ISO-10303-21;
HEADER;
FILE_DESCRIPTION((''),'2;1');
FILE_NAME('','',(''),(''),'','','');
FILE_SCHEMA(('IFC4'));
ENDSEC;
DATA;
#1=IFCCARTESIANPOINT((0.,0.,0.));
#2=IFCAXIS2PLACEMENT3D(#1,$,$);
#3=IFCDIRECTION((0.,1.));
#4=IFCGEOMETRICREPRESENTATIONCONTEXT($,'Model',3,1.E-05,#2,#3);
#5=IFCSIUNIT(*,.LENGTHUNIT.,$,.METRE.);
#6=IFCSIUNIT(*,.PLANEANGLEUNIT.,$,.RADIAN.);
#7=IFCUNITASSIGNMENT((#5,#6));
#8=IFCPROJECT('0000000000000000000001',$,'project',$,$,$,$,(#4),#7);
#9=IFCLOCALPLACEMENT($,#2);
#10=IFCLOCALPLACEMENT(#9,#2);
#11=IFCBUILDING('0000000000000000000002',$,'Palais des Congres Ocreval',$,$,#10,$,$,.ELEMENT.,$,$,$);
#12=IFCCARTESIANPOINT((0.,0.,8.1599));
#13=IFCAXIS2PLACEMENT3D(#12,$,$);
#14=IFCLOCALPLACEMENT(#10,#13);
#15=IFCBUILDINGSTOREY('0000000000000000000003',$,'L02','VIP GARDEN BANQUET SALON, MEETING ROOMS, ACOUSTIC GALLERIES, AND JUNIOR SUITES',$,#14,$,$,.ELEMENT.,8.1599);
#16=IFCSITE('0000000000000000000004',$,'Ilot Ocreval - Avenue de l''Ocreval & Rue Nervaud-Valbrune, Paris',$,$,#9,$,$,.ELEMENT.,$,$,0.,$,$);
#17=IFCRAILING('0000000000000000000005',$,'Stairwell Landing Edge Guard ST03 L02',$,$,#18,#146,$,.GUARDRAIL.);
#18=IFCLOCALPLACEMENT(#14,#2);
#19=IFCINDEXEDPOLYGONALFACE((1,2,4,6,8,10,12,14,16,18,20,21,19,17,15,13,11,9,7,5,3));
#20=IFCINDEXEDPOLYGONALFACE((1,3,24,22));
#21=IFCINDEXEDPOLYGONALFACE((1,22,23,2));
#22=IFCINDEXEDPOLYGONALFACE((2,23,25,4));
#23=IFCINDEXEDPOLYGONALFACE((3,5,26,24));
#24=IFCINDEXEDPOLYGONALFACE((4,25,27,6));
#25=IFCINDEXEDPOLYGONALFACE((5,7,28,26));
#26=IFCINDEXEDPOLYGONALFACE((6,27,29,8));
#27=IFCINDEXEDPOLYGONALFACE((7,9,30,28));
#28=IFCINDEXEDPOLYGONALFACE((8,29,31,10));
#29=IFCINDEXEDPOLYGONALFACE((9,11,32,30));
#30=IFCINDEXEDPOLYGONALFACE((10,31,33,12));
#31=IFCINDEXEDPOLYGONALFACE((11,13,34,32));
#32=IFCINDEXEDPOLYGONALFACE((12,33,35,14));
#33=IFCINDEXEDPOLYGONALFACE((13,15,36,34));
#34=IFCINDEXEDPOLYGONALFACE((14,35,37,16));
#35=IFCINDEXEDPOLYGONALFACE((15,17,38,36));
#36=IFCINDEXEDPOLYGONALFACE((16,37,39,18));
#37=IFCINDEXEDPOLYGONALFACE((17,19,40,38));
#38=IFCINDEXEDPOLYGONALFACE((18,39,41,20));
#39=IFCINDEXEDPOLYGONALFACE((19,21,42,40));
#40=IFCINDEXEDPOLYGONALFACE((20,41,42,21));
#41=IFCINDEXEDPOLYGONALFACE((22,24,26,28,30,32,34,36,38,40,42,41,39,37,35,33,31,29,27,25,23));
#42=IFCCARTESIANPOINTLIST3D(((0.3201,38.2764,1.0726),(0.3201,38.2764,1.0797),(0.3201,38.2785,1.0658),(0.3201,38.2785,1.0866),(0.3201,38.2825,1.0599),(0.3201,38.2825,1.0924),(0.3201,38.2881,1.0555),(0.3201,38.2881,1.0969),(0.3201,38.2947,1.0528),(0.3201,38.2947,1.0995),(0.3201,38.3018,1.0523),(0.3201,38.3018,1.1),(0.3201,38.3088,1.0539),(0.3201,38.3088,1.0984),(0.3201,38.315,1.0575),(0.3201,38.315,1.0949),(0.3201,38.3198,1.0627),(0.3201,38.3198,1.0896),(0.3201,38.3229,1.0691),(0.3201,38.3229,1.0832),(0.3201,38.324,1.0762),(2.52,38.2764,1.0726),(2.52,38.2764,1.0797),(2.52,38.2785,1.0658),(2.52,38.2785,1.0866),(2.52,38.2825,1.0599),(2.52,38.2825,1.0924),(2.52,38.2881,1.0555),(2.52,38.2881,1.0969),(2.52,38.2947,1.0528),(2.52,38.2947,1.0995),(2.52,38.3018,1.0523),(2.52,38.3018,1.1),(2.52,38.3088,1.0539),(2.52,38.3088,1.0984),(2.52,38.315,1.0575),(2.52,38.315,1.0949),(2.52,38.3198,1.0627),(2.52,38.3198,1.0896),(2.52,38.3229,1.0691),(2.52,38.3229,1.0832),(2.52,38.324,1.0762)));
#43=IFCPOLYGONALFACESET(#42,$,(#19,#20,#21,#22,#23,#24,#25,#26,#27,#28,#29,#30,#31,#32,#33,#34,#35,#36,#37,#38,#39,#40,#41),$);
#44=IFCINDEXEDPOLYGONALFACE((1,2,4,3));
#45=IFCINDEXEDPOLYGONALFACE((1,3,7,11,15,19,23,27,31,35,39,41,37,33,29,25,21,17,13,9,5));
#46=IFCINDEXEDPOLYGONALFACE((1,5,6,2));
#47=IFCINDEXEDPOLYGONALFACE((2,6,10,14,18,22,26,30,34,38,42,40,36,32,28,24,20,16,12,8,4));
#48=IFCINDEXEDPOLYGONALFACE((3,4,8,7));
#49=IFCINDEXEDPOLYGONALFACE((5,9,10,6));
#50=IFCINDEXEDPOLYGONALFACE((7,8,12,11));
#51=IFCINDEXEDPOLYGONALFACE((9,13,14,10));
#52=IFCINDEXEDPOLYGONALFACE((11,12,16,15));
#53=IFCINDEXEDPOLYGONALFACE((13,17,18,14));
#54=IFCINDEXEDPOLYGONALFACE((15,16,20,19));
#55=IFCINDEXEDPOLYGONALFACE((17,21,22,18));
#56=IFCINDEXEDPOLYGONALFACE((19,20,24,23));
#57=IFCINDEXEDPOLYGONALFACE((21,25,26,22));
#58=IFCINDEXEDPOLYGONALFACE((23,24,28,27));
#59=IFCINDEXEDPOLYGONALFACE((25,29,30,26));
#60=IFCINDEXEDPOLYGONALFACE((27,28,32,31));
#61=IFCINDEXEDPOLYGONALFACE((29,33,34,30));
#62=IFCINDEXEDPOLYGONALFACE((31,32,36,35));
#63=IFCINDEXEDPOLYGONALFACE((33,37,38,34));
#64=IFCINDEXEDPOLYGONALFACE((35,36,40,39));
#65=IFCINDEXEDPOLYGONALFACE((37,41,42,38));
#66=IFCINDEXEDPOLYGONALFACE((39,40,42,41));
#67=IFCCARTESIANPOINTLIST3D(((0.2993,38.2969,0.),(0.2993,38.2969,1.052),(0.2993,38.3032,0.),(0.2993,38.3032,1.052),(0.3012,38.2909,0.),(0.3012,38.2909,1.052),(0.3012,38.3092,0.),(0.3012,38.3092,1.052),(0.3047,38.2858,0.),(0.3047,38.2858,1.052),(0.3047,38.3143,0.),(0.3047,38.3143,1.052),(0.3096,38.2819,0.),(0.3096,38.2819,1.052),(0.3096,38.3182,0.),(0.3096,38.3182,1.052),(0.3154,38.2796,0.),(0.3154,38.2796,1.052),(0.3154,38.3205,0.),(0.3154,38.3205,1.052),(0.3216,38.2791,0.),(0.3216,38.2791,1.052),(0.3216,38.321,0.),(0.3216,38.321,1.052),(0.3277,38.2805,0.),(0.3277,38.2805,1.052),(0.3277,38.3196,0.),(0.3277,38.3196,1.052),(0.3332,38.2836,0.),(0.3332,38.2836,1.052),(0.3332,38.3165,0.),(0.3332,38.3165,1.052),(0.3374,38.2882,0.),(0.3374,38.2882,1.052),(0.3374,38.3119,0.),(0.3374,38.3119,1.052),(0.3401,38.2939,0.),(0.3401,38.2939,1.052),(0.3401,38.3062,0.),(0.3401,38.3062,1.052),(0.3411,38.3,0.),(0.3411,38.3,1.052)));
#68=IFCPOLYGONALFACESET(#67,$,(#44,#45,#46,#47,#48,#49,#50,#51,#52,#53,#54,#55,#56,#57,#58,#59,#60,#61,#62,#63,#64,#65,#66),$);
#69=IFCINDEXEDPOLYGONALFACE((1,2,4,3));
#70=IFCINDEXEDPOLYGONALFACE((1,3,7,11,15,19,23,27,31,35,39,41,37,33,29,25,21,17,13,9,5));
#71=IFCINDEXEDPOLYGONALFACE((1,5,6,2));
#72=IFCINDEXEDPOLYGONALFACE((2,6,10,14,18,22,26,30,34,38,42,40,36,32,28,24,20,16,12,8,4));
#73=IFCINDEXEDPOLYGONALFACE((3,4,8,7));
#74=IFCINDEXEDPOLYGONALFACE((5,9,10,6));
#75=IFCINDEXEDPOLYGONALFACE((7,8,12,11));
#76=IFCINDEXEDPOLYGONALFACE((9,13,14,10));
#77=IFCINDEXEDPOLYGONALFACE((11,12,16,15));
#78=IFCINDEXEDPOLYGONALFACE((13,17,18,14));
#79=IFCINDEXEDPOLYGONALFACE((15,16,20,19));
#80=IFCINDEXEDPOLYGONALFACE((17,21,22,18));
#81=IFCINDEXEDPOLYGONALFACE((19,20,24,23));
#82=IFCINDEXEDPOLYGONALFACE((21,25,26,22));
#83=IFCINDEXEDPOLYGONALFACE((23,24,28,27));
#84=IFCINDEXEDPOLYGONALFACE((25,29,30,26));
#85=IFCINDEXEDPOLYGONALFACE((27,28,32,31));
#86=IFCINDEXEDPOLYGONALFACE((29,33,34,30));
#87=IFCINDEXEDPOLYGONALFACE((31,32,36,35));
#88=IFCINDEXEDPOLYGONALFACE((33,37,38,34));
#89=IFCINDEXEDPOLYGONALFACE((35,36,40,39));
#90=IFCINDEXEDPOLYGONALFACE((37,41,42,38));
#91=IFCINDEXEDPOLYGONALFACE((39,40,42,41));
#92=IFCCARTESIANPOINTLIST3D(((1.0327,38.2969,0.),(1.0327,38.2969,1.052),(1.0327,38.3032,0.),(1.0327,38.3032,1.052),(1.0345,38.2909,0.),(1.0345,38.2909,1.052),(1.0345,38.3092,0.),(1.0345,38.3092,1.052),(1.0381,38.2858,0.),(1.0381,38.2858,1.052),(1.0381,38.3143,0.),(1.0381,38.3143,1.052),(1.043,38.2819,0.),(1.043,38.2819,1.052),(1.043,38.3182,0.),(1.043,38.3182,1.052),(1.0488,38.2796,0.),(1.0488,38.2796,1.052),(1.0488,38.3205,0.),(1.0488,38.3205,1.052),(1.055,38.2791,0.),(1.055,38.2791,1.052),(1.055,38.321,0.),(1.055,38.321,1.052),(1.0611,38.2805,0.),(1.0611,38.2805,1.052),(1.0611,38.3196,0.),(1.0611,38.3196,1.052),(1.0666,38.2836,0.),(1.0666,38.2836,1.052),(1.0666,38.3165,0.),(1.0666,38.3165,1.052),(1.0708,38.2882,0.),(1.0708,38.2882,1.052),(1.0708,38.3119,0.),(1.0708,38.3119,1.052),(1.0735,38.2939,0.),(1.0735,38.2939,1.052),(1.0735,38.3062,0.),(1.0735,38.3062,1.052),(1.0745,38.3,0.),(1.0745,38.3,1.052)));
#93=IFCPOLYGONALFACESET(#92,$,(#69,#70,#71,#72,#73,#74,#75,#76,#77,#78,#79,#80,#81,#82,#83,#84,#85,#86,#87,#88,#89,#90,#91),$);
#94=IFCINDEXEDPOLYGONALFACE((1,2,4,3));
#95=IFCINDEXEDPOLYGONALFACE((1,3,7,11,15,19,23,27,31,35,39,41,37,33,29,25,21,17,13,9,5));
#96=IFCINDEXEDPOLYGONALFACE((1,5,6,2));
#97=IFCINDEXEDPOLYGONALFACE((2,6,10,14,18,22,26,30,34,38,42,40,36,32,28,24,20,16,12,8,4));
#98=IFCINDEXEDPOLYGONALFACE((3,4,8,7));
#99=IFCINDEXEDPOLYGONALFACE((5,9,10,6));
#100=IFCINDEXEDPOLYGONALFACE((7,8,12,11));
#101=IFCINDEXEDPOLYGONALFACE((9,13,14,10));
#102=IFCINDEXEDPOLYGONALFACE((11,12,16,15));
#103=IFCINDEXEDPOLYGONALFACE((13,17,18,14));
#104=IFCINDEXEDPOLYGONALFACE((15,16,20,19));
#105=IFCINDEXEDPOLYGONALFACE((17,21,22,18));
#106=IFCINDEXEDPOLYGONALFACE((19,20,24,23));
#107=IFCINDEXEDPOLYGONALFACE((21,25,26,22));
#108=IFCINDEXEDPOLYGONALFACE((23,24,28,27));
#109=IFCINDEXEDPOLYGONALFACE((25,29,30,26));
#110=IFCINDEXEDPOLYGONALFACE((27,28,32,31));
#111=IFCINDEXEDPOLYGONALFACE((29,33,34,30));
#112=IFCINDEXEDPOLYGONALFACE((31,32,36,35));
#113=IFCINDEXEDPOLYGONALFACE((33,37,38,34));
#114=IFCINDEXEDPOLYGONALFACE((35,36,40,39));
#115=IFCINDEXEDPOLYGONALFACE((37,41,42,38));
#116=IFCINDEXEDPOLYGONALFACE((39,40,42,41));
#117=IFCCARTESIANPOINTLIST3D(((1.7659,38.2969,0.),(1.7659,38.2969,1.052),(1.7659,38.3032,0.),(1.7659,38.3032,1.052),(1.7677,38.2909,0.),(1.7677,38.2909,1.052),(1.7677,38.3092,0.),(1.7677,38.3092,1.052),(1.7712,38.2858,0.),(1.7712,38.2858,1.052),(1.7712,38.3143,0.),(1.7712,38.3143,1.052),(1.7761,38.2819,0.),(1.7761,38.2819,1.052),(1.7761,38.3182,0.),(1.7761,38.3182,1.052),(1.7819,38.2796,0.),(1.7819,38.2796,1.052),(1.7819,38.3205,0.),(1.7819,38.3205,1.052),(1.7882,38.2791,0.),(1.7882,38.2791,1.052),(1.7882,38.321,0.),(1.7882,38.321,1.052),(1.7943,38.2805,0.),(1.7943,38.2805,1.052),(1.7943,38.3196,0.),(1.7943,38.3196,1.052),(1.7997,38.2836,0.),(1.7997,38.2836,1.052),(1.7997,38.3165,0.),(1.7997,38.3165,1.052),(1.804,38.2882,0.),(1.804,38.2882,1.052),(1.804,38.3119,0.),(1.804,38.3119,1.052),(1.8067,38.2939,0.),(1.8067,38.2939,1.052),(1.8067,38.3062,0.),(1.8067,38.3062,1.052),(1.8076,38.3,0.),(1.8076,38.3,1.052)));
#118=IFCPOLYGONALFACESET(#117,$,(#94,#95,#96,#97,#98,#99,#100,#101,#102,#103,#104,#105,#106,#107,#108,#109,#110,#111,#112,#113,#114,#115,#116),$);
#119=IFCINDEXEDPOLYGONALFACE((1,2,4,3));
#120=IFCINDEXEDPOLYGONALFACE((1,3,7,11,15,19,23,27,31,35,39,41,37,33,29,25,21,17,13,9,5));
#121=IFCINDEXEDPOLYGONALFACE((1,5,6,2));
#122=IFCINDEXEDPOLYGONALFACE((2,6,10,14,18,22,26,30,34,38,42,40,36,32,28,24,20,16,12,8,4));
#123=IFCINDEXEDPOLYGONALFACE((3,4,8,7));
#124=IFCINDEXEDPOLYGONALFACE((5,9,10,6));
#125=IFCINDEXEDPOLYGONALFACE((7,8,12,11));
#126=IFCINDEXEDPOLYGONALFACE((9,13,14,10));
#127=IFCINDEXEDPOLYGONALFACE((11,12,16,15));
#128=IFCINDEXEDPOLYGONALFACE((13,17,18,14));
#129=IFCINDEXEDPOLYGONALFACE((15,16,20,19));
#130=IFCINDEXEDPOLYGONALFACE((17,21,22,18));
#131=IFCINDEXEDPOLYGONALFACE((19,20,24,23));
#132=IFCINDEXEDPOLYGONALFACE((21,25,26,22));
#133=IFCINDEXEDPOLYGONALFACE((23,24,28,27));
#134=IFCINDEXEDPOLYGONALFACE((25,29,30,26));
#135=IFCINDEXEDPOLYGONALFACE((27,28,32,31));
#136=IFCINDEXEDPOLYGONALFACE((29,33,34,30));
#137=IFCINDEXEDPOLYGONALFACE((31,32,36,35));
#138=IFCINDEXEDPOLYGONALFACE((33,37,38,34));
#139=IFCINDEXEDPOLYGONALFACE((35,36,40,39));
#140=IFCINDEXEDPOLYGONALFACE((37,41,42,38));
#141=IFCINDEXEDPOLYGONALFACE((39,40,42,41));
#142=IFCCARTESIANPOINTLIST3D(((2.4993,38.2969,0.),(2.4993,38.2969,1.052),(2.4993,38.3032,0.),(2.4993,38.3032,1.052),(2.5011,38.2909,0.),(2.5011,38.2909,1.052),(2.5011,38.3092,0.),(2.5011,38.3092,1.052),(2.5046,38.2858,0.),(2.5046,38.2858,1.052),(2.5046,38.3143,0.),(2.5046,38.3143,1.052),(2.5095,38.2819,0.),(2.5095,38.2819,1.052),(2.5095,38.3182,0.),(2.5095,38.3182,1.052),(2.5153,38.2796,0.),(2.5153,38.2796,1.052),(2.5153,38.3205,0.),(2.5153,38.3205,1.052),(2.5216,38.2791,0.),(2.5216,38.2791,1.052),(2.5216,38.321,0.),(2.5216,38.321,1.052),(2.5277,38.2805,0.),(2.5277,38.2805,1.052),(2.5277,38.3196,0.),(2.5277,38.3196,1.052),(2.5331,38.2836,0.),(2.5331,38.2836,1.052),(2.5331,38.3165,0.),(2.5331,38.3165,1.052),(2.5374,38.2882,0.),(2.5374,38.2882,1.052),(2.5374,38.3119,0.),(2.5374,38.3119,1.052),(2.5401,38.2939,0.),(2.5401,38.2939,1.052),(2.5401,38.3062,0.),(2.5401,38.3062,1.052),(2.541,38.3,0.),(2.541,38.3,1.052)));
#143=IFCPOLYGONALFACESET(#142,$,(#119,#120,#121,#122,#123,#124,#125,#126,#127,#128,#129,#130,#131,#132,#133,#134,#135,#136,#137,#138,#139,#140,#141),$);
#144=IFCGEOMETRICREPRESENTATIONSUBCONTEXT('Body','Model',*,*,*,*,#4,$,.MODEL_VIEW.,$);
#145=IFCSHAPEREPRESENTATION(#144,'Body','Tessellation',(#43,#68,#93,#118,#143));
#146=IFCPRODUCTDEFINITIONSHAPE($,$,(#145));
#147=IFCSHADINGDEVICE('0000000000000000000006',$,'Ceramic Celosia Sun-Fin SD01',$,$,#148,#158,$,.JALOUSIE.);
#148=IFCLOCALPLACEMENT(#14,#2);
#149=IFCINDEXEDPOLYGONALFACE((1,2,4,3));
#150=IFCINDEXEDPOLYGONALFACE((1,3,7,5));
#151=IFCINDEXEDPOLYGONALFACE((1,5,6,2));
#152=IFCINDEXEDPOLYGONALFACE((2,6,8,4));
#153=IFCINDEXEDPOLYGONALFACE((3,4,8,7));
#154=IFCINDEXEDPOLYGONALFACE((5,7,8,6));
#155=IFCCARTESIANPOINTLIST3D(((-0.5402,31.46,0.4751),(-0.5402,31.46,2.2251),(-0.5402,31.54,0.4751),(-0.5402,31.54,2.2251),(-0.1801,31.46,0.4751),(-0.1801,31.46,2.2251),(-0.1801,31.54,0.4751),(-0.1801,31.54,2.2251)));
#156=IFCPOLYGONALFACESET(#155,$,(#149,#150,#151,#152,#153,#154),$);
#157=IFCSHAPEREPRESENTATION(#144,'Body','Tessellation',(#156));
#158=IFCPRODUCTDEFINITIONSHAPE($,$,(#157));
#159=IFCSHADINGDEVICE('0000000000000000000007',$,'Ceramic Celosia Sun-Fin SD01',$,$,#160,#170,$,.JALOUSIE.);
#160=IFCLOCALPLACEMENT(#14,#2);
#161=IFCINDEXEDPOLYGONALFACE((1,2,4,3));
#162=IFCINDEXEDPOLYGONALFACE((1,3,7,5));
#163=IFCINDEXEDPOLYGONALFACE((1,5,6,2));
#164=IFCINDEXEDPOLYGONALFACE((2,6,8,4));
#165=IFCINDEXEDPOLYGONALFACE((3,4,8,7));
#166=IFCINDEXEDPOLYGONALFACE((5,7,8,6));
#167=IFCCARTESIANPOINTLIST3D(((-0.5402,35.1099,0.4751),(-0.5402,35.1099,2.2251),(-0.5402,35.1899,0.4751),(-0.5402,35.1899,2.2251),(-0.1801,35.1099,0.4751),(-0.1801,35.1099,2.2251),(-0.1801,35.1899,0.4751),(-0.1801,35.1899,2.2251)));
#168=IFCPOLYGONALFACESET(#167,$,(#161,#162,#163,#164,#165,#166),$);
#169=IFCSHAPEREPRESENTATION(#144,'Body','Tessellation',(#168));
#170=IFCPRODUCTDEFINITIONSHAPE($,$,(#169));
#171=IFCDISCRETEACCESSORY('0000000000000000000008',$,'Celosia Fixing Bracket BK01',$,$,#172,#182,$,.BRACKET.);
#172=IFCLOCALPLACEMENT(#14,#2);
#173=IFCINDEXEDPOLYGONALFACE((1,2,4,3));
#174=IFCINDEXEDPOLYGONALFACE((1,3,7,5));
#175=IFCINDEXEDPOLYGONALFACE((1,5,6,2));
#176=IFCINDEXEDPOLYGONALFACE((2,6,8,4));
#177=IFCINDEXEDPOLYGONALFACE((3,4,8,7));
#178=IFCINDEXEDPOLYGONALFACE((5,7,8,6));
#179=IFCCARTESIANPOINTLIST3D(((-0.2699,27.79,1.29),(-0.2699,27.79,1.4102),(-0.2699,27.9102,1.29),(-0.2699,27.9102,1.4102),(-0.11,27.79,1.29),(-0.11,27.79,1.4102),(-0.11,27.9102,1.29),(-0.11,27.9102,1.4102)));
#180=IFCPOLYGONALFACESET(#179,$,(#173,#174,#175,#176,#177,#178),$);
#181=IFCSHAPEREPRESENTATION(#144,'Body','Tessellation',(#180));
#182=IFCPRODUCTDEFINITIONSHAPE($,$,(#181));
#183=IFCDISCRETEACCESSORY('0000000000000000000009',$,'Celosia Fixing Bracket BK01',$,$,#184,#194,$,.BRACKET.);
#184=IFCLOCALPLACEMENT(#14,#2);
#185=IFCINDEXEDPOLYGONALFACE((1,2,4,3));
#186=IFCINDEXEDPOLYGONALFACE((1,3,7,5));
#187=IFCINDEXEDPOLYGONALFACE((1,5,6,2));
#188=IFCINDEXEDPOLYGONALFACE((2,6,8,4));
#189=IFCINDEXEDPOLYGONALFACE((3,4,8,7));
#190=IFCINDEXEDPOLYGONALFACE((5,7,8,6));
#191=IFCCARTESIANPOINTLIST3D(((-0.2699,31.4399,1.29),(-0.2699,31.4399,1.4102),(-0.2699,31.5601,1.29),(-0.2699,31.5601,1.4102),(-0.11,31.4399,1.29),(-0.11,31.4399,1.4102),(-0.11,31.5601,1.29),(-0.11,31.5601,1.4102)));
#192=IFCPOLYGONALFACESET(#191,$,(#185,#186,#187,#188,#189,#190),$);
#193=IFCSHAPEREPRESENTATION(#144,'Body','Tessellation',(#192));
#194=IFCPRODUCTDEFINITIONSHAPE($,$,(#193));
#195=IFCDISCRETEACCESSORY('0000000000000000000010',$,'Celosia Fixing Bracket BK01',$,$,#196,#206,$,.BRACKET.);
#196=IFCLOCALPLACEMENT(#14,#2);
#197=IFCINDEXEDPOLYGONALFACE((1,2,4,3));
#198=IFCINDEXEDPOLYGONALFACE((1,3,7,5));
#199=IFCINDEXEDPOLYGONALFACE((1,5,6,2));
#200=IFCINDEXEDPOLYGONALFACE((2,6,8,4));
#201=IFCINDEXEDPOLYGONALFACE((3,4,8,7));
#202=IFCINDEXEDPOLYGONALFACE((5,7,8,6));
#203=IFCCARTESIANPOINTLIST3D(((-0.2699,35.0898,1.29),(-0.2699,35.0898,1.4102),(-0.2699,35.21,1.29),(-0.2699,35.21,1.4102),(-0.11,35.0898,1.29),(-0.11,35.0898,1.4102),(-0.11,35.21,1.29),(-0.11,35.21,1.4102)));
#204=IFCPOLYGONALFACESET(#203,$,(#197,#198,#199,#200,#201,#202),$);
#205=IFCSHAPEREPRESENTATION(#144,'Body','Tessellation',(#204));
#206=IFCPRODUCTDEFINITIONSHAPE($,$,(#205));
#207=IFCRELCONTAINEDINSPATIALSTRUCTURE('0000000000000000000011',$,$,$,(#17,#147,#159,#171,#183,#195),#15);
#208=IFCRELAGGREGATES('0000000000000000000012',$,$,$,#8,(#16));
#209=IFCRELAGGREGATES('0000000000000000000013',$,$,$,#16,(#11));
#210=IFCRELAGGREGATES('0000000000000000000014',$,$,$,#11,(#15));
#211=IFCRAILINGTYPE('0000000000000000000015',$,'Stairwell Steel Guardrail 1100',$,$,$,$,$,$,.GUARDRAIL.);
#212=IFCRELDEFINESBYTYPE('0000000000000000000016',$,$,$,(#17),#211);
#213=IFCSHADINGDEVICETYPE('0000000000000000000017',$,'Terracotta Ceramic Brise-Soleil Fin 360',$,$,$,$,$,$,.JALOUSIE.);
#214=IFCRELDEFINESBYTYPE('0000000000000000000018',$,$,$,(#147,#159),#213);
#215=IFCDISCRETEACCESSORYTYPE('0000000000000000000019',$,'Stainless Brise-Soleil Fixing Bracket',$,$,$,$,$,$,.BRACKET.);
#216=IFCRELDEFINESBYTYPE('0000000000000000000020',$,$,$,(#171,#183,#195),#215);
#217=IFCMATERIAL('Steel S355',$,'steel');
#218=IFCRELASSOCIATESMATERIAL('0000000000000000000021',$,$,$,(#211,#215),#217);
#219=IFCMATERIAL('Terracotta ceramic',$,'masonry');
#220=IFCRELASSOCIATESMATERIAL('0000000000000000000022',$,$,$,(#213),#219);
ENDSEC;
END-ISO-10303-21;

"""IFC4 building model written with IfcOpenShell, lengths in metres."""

from ifc_helpers import new_model, si_unit, direction, frame, origin, origin_2d, place, context, subcontext, project, spatial, rectangle, circle, extrude, material, type_object, element, save


model = new_model("IFC4")

# Units and contexts
model_context = context("Model", 3, precision=1e-05, world=origin(), true_north=direction((0.0, 1.0)))
body_context = subcontext(model_context, "Body", "Model", "MODEL_VIEW")
ifc_project = project(units=[si_unit("LENGTHUNIT", "METRE"), si_unit("PLANEANGLEUNIT", "RADIAN")], contexts=[model_context])

# Site, building, storey
site_placement = place(None, origin())
site = spatial("IfcSite", under=ifc_project, at=site_placement, Name="Ilot Ocreval - Avenue de l'Ocreval & Rue Nervaud-Valbrune, Paris", CompositionType="ELEMENT", RefElevation=0.0)
building_placement = place(site_placement, origin())
building = spatial("IfcBuilding", under=site, at=building_placement, Name="Palais des Congres Ocreval", CompositionType="ELEMENT")
storey_placement = place(building_placement, frame((0.0, 0.0, 8.1599)))
storey = spatial("IfcBuildingStorey", under=building, at=storey_placement, Name="L02", Description="VIP GARDEN BANQUET SALON, MEETING ROOMS, ACOUSTIC GALLERIES, AND JUNIOR SUITES", CompositionType="ELEMENT", Elevation=8.1599)

# Shared definitions
ifc_material_1 = material(Name="Steel S355", Category="steel")

# Railing
railing_type_1 = type_object("IfcRailingType", Name="Stairwell Steel Guardrail 1100", PredefinedType="GUARDRAIL", material=ifc_material_1)
railing_1_placement = place(storey_placement, frame((0.3201, 38.3, 0.0)))
element("IfcRailing", 1, at=railing_1_placement, inside=storey, type_object=railing_type_1, Name="Stairwell Landing Edge Guard ST03 L02", PredefinedType="GUARDRAIL", context=body_context, shape_type="SweptSolid", body=[
    extrude(circle(Radius=0.0239, at=origin_2d()), frame((0.0, 0.0, 1.0762), z_axis=(1.0, 0.0, 0.0), x_axis=(0.0, 1.0, 0.0)), (0.0, 0.0, 1.0), 2.2),
    extrude(circle(Radius=0.021, at=origin_2d()), origin(), (0.0, 0.0, 1.0), 1.052),
    extrude(circle(Radius=0.021, at=origin_2d()), frame((0.7334, 0.0, 0.0)), (0.0, 0.0, 1.0), 1.052),
    extrude(circle(Radius=0.021, at=origin_2d()), frame((1.4666, 0.0, 0.0)), (0.0, 0.0, 1.0), 1.052),
    extrude(circle(Radius=0.021, at=origin_2d()), frame((2.2, 0.0, 0.0)), (0.0, 0.0, 1.0), 1.052),
])

# Shading devices
ifc_material_2 = material(Name="Terracotta ceramic", Category="masonry")
shading_device_type = type_object("IfcShadingDeviceType", Name="Terracotta Ceramic Brise-Soleil Fin 360", PredefinedType="JALOUSIE", material=ifc_material_2)
for number, where, z_axis, x_axis, name in (
    (2, (-0.3601, 31.5, 0.4751), (0.0, 0.0, 1.0), (-1.0, 0.0, 0.0), "Ceramic Celosia Sun-Fin SD01"),
    (3, (-0.3601, 35.1499, 0.4751), (0.0, 0.0, 1.0), (-1.0, 0.0, 0.0), "Ceramic Celosia Sun-Fin SD01"),
):
    element("IfcShadingDevice", number, at=place(storey_placement, frame(where, z_axis=z_axis, x_axis=x_axis)), inside=storey, type_object=shading_device_type, Name=name, PredefinedType="JALOUSIE", context=body_context, shape_type="SweptSolid", body=[
        extrude(rectangle(XDim=0.3601, YDim=0.0801, at=origin_2d()), origin(), (0.0, 0.0, 1.0), 1.75),
    ])

# Discrete accessories
discrete_accessory_type = type_object("IfcDiscreteAccessoryType", Name="Stainless Brise-Soleil Fixing Bracket", PredefinedType="BRACKET", material=ifc_material_1)
for number, where, z_axis, x_axis, name in (
    (4, (-0.1899, 27.8501, 1.29), (0.0, 0.0, 1.0), (-1.0, 0.0, 0.0), "Celosia Fixing Bracket BK01"),
    (5, (-0.1899, 31.5, 1.29), (0.0, 0.0, 1.0), (-1.0, 0.0, 0.0), "Celosia Fixing Bracket BK01"),
    (6, (-0.1899, 35.1499, 1.29), (0.0, 0.0, 1.0), (-1.0, 0.0, 0.0), "Celosia Fixing Bracket BK01"),
):
    element("IfcDiscreteAccessory", number, at=place(storey_placement, frame(where, z_axis=z_axis, x_axis=x_axis)), inside=storey, type_object=discrete_accessory_type, Name=name, PredefinedType="BRACKET", context=body_context, shape_type="SweptSolid", body=[
        extrude(rectangle(XDim=0.1599, YDim=0.1201, at=origin_2d()), origin(), (0.0, 0.0, 1.0), 0.1201),
    ])

save(model, "model.ifc")
